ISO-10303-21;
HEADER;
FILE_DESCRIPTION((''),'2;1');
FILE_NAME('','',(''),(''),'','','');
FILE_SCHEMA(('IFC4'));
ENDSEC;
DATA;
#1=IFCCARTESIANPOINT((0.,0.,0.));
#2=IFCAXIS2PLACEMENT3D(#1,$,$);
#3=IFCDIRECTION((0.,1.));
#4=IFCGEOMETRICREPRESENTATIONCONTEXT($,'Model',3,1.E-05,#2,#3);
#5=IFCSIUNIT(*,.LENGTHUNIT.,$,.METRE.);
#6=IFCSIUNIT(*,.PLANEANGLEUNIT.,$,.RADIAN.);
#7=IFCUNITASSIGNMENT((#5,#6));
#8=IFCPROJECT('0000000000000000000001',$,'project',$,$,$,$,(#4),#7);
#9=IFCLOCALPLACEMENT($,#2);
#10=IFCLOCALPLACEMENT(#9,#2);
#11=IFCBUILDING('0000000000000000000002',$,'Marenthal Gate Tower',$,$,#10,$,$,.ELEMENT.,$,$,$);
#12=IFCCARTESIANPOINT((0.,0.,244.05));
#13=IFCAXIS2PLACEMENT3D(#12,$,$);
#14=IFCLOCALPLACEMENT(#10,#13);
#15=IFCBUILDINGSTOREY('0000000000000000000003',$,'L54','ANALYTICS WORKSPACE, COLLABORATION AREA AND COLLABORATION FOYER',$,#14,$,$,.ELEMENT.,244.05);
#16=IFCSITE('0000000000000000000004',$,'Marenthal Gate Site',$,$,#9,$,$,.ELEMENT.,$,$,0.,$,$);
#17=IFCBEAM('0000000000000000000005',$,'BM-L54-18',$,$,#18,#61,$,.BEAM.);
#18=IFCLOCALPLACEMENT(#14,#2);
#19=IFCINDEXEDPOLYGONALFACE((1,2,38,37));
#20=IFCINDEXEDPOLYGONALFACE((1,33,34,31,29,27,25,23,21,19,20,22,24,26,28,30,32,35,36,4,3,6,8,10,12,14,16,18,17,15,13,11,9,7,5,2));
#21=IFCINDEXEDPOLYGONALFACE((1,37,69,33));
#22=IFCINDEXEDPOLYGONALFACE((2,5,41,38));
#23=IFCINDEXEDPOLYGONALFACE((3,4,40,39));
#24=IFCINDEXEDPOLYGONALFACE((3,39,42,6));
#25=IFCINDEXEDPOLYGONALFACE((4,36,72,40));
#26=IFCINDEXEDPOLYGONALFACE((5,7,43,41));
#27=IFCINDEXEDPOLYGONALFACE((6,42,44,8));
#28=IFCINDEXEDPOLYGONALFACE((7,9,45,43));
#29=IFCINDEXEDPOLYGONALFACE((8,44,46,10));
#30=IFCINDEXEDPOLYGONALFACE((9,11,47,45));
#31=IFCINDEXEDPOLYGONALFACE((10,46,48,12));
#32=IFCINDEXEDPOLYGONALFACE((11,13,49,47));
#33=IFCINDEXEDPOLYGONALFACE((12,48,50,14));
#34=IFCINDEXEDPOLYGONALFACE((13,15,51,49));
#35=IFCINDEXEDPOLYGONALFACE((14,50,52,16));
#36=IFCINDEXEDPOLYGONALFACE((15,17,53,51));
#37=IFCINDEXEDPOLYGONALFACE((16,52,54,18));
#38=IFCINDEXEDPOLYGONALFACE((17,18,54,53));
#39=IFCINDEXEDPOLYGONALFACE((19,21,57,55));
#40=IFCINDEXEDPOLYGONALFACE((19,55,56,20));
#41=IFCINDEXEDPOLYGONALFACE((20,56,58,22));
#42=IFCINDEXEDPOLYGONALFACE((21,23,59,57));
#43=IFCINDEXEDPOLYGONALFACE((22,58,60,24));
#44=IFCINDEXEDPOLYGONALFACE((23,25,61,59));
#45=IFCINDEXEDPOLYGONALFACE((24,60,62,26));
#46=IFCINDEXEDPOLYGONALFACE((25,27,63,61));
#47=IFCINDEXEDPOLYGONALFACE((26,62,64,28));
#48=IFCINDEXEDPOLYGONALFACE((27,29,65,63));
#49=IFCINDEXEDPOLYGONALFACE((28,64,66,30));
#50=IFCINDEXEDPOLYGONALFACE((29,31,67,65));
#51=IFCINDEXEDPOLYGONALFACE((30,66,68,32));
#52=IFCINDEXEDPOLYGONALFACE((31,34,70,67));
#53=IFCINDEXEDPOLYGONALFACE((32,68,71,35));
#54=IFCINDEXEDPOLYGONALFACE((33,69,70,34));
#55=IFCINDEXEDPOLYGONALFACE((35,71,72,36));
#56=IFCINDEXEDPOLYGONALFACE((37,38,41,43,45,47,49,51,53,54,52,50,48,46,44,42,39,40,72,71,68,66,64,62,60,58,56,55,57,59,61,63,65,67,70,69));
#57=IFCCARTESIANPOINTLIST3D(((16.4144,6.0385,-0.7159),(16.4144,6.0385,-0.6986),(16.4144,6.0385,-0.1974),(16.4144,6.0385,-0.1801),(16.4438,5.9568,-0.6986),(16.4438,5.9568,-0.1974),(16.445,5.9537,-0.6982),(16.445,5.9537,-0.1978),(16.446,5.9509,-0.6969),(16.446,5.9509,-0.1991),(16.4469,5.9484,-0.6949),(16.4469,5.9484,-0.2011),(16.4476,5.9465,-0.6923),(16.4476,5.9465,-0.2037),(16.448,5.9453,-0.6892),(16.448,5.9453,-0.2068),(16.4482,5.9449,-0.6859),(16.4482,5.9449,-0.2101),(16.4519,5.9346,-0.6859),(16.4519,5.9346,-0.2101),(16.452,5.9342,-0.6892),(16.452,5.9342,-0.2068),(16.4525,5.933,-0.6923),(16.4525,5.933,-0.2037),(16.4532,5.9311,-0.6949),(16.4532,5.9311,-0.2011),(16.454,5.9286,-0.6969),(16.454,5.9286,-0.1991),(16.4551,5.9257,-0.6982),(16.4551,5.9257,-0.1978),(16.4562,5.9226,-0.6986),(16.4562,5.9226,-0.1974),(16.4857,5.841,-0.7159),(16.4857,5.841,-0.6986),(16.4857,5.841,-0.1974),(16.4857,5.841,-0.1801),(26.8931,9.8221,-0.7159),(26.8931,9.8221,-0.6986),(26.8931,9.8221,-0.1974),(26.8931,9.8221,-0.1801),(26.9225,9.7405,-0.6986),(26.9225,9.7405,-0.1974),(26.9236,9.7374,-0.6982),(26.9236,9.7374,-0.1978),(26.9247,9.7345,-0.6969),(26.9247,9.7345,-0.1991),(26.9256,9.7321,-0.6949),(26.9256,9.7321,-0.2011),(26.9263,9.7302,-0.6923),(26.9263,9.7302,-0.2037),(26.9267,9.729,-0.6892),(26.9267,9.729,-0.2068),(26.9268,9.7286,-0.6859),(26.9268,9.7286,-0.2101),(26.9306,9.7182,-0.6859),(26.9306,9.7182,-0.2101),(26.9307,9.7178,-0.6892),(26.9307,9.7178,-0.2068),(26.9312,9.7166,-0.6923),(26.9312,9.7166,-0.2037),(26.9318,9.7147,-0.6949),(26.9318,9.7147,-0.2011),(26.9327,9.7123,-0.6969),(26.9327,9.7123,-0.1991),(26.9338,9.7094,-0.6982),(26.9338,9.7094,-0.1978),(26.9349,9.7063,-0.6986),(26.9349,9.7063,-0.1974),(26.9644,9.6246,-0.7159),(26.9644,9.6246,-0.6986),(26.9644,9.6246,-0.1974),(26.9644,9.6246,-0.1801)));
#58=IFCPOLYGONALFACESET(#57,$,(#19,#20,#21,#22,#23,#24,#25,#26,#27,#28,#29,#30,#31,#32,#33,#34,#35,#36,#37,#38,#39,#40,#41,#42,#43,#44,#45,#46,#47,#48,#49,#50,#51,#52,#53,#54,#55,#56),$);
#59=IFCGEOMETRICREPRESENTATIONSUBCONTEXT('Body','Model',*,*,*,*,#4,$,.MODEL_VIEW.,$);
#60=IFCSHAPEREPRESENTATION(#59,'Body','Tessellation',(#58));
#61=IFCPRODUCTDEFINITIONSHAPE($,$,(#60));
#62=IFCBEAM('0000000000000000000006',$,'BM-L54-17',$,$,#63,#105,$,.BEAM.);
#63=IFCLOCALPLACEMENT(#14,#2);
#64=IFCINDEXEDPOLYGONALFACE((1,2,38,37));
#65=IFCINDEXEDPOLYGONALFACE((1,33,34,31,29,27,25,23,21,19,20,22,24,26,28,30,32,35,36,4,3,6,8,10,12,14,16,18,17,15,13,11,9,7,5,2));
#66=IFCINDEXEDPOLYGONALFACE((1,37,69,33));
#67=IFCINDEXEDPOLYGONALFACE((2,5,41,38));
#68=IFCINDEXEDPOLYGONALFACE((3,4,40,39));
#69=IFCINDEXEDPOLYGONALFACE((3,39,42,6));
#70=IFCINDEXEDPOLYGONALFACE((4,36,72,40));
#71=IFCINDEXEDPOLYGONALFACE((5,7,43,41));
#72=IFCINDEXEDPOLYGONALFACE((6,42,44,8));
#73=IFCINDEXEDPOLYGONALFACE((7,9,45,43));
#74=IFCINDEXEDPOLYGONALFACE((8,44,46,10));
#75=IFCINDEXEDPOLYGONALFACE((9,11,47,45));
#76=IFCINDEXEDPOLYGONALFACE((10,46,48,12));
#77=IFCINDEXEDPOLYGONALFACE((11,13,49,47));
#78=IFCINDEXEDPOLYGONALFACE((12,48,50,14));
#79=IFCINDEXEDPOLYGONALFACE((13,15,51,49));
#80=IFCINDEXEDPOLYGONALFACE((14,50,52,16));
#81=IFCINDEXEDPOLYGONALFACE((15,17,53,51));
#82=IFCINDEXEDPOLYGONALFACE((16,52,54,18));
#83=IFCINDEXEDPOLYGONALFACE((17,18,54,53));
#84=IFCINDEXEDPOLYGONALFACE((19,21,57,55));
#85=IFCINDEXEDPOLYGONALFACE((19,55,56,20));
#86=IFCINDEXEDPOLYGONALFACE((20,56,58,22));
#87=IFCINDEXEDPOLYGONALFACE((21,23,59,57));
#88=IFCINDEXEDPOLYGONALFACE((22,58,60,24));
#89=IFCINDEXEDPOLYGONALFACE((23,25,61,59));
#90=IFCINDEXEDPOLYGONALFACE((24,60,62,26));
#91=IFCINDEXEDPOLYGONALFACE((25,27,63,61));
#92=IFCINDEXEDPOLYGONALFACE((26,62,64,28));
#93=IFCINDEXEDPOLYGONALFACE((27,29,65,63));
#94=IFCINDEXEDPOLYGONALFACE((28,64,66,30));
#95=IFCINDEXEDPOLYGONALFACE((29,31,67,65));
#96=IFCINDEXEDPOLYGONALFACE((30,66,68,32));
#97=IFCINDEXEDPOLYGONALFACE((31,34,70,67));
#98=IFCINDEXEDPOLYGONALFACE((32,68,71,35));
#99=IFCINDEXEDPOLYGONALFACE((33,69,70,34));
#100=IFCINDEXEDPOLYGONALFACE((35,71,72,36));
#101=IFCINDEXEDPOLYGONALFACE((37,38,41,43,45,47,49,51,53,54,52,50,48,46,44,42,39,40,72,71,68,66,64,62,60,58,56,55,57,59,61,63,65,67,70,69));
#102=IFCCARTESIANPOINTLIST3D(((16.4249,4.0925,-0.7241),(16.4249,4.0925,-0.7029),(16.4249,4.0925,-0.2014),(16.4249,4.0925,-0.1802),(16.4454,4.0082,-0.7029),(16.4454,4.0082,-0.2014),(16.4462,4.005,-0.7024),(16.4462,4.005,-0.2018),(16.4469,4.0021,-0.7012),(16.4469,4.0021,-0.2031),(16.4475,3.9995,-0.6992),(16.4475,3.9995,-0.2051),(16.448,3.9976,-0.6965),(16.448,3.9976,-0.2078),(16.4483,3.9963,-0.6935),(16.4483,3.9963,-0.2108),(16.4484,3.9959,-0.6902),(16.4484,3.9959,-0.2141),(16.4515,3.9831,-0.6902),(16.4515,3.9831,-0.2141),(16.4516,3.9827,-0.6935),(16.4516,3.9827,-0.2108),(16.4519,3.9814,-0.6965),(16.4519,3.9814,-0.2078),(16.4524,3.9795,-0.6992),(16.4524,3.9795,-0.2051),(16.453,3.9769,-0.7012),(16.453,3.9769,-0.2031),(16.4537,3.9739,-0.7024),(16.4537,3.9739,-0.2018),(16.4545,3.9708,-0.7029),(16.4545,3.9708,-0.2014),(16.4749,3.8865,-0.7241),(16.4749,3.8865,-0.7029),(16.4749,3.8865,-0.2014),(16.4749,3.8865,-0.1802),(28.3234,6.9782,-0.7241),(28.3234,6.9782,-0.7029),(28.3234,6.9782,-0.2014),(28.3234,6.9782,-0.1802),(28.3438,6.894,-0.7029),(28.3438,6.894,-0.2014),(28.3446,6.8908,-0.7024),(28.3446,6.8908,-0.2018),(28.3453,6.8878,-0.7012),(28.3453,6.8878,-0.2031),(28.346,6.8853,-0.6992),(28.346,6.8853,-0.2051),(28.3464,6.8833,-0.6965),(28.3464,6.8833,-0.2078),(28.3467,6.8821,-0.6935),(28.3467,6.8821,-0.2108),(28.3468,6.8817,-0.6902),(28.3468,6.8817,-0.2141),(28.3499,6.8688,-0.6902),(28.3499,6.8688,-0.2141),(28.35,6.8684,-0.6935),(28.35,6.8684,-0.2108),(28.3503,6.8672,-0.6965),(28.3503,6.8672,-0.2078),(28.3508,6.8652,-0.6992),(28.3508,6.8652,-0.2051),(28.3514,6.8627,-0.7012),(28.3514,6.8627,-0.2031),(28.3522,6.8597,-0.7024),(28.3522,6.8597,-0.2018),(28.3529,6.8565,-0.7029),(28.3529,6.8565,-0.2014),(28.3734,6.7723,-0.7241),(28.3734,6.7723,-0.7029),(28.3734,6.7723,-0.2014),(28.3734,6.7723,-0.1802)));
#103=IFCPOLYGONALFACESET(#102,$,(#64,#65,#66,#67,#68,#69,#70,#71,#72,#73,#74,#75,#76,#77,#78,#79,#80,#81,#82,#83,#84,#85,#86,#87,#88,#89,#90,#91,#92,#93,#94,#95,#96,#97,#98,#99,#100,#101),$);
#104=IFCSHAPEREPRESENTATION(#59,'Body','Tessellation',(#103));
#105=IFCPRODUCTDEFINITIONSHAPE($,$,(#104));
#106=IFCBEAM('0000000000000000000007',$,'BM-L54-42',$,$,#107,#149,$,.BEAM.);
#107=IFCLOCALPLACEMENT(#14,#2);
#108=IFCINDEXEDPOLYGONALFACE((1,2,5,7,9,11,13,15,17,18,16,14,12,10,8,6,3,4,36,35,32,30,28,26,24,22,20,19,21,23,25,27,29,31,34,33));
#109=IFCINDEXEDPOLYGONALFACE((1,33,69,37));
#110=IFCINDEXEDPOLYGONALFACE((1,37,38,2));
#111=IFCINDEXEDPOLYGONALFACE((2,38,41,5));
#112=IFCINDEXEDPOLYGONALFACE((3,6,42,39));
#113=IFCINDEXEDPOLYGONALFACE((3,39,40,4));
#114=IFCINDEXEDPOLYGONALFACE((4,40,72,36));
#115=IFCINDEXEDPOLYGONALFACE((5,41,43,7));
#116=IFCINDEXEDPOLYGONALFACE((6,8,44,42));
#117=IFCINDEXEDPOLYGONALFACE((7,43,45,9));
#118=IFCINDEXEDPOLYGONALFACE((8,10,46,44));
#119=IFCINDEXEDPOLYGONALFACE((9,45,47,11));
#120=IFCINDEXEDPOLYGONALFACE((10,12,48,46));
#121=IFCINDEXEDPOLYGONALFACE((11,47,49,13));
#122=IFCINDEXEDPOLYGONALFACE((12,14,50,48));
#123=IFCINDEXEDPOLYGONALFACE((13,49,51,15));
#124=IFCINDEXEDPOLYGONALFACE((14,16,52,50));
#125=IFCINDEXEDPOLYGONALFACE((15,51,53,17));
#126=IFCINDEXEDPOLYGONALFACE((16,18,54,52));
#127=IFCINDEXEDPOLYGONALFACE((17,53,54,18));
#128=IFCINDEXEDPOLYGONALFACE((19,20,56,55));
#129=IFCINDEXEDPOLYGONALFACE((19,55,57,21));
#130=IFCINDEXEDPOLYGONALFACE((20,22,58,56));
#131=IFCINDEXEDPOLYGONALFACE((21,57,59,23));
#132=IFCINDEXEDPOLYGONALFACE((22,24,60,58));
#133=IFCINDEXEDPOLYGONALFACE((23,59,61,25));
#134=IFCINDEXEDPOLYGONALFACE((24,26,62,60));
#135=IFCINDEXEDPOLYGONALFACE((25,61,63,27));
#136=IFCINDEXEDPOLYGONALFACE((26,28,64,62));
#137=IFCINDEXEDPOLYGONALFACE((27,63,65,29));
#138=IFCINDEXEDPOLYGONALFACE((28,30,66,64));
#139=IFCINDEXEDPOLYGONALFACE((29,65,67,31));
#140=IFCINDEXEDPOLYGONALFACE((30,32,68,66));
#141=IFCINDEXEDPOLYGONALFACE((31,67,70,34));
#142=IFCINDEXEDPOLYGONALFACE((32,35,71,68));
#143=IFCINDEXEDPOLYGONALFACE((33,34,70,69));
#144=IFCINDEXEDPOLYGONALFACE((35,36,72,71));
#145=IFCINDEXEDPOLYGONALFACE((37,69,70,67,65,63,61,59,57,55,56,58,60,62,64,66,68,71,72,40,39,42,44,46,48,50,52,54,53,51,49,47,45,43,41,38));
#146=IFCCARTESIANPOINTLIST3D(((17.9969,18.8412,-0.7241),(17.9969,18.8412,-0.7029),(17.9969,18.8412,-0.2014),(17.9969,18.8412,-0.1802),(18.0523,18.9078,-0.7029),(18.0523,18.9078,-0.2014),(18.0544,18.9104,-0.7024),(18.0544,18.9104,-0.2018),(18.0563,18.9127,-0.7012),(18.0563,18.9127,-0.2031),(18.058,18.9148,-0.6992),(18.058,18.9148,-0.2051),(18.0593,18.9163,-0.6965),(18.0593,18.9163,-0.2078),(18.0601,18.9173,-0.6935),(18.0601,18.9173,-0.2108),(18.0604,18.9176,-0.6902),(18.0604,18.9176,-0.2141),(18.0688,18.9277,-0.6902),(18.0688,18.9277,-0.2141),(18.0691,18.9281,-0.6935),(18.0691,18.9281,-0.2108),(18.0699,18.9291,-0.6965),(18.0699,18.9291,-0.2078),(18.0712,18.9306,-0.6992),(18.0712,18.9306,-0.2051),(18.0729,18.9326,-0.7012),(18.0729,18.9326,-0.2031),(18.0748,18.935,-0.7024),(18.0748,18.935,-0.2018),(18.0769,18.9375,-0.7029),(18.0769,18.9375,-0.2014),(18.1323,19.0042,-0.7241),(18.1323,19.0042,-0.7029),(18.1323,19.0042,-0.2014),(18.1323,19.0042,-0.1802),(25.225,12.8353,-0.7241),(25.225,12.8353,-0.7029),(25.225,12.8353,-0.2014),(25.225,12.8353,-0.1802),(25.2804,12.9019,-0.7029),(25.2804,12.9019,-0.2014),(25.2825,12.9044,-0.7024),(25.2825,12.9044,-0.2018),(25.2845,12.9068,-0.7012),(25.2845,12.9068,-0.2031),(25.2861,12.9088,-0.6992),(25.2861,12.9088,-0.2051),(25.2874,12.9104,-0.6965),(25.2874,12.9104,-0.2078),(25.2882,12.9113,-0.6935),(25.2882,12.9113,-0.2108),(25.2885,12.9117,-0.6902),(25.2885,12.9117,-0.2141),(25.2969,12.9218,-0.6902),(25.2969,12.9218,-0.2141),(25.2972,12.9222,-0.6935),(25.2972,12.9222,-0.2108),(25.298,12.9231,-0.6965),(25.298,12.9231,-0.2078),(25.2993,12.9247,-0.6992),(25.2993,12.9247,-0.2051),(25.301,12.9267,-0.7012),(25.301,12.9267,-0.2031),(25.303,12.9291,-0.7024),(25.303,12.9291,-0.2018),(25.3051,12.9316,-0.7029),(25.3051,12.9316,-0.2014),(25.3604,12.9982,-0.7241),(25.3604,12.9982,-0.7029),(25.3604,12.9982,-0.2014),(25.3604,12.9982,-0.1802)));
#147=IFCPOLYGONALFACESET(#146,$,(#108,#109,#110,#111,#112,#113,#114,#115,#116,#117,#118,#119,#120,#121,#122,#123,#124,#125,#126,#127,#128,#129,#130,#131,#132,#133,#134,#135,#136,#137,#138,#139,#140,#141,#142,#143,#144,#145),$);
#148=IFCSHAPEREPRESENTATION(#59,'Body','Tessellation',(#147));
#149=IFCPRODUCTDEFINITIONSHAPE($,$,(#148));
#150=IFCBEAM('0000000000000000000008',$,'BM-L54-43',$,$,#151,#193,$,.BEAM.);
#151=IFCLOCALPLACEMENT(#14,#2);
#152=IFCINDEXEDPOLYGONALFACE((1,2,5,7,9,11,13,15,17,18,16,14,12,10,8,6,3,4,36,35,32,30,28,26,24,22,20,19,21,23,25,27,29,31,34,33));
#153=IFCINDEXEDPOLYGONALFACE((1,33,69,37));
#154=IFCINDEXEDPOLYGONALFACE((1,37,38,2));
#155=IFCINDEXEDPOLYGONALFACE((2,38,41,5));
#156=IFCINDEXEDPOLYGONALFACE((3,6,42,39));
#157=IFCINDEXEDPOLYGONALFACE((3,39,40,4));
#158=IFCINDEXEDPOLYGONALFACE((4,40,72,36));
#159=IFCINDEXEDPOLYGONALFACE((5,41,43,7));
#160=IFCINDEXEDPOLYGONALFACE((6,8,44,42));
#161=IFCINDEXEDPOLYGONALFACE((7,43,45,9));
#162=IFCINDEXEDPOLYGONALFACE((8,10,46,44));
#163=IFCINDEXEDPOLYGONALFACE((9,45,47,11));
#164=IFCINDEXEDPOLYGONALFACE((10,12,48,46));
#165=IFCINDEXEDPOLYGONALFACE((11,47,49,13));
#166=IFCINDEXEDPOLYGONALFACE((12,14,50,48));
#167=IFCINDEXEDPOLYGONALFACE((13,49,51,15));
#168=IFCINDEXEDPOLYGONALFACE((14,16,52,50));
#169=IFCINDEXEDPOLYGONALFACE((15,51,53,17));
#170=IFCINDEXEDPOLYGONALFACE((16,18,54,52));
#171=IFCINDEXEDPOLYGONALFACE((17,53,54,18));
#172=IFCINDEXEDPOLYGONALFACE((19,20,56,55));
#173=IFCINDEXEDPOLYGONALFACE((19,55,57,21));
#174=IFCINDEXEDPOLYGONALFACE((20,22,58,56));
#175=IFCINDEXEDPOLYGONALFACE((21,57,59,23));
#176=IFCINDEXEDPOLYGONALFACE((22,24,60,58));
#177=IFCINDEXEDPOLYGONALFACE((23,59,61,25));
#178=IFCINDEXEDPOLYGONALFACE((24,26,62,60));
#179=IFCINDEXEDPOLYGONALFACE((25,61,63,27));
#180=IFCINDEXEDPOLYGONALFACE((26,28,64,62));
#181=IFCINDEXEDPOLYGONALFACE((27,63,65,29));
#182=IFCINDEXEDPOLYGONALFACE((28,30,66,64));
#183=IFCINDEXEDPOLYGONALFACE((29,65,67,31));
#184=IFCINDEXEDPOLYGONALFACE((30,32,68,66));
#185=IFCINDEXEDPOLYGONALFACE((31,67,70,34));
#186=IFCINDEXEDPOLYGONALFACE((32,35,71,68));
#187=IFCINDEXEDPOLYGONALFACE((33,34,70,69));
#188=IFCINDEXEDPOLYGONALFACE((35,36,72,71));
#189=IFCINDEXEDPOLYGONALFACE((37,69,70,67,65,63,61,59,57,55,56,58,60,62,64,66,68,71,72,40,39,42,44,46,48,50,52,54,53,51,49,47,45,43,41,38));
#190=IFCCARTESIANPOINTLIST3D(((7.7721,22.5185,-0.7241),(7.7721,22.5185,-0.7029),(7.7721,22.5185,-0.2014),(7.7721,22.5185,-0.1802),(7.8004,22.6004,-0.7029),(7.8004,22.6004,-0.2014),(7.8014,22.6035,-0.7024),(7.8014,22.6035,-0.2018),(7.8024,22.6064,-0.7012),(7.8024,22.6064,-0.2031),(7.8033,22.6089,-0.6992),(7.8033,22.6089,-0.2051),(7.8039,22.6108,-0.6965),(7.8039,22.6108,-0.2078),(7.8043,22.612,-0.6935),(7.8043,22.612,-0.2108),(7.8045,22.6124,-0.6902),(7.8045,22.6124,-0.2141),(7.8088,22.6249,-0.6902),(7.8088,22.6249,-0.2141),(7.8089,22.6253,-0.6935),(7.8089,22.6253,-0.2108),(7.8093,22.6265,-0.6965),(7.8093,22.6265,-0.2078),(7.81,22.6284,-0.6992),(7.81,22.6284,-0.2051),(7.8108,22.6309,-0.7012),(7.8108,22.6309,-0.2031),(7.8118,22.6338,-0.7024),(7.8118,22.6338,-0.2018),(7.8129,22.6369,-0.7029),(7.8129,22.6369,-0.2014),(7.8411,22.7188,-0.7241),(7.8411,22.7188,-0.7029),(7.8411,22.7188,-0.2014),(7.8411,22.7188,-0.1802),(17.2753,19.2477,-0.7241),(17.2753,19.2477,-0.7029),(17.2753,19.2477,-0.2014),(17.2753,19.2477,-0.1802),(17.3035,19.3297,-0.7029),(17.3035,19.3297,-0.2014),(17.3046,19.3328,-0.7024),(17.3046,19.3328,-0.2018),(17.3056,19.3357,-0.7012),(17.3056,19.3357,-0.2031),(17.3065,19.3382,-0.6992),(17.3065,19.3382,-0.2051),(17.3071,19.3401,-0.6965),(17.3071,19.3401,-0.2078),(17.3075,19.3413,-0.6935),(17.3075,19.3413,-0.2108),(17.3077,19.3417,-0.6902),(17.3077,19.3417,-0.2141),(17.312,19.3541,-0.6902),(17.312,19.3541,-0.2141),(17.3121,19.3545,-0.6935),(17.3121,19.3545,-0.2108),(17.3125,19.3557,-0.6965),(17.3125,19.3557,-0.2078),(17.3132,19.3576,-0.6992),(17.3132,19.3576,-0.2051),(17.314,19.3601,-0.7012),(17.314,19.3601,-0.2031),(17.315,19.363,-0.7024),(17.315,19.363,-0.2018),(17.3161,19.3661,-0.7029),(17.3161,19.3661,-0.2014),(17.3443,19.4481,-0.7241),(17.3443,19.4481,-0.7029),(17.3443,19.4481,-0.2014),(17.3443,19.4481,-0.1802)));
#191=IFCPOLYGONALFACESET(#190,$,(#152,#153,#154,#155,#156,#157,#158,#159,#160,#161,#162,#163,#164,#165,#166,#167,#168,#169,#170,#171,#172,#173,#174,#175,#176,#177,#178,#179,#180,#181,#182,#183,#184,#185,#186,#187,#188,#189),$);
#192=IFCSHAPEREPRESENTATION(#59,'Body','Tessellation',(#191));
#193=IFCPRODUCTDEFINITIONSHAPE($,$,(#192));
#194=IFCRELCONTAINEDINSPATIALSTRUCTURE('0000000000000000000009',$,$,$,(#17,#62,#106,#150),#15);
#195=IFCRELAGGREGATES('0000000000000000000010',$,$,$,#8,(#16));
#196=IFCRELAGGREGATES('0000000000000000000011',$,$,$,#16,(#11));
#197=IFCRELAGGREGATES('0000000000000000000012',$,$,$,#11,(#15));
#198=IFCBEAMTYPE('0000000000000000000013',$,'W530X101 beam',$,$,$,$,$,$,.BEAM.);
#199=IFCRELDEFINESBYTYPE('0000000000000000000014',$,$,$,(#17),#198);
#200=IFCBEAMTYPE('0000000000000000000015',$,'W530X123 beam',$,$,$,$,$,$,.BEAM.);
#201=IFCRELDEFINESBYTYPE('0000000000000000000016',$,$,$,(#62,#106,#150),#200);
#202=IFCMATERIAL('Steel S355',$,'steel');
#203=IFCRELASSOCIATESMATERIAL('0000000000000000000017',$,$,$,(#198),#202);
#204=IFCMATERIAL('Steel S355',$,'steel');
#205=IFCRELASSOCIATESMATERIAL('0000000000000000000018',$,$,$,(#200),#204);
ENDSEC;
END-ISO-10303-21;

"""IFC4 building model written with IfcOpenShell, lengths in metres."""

from ifc_helpers import new_model, si_unit, direction, frame, origin, origin_2d, place, context, subcontext, project, spatial, i_section, extrude, material, material_profile, profile_set, type_object, element, save


model = new_model("IFC4")

# Units and contexts
model_context = context("Model", 3, precision=1e-05, world=origin(), true_north=direction((0.0, 1.0)))
body_context = subcontext(model_context, "Body", "Model", "MODEL_VIEW")
ifc_project = project(units=[si_unit("LENGTHUNIT", "METRE"), si_unit("PLANEANGLEUNIT", "RADIAN")], contexts=[model_context])

# Site, building, storey
site_placement = place(None, origin())
site = spatial("IfcSite", under=ifc_project, at=site_placement, Name="Marenthal Gate Site", CompositionType="ELEMENT", RefElevation=0.0)
building_placement = place(site_placement, origin())
building = spatial("IfcBuilding", under=site, at=building_placement, Name="Marenthal Gate Tower", CompositionType="ELEMENT")
storey_placement = place(building_placement, frame((0.0, 0.0, 244.05)))
storey = spatial("IfcBuildingStorey", under=building, at=storey_placement, Name="L54", Description="ANALYTICS WORKSPACE, COLLABORATION AREA AND COLLABORATION FOYER", CompositionType="ELEMENT", Elevation=244.05)

# Beams
ifc_material_1 = material(Name="Steel S355", Category="steel")
ifc_material_profile_1 = material_profile(ifc_material_1, i_section(OverallWidth=0.21, OverallDepth=0.5359, WebThickness=0.011, FlangeThickness=0.0173, FilletRadius=0.0127, at=origin_2d()), Name="W530X101")
ifc_profile_set_1 = profile_set([ifc_material_profile_1], Name="Steel S355")
beam_type_1 = type_object("IfcBeamType", Name="W530X101 beam", PredefinedType="BEAM", material=ifc_profile_set_1)
beam_1_placement = place(storey_placement, frame((26.9287, 9.7234, -0.448), z_axis=(-0.940563, -0.33962, 0.0), x_axis=(0.33962, -0.940563, 0.0)))
element("IfcBeam", 1, at=beam_1_placement, inside=storey, type_object=beam_type_1, Name="BM-L54-18", PredefinedType="BEAM", context=body_context, shape_type="SweptSolid", body=[
    extrude(i_section(OverallWidth=0.21, OverallDepth=0.5359, WebThickness=0.011, FlangeThickness=0.0173, FilletRadius=0.0127, at=origin_2d()), origin(), (0.0, 0.0, 1.0), 11.1409),
])
ifc_material_2 = material(Name="Steel S355", Category="steel")
ifc_material_profile_2 = material_profile(ifc_material_2, i_section(OverallWidth=0.2119, OverallDepth=0.5439, WebThickness=0.0132, FlangeThickness=0.0212, FilletRadius=0.0127, at=origin_2d()), Name="W530X123")
ifc_profile_set_2 = profile_set([ifc_material_profile_2], Name="Steel S355")
beam_type_2 = type_object("IfcBeamType", Name="W530X123 beam", PredefinedType="BEAM", material=ifc_profile_set_2)
beam_2_placement = place(storey_placement, frame((28.3484, 6.8752, -0.4521), z_axis=(-0.971826, -0.235698, 0.0), x_axis=(0.235698, -0.971826, 0.0)))
element("IfcBeam", 2, at=beam_2_placement, inside=storey, type_object=beam_type_2, Name="BM-L54-17", PredefinedType="BEAM", context=body_context, shape_type="SweptSolid", body=[
    extrude(i_section(OverallWidth=0.2119, OverallDepth=0.5439, WebThickness=0.0132, FlangeThickness=0.0212, FilletRadius=0.0127, at=origin_2d()), origin(), (0.0, 0.0, 1.0), 12.2434),
])
beam_3_placement = place(storey_placement, frame((25.2927, 12.9167, -0.4521), z_axis=(-0.769136, 0.639085, 0.0), x_axis=(-0.639085, -0.769136, 0.0)))
element("IfcBeam", 3, at=beam_3_placement, inside=storey, type_object=beam_type_2, Name="BM-L54-42", PredefinedType="BEAM", context=body_context, shape_type="SweptSolid", body=[
    extrude(i_section(OverallWidth=0.2119, OverallDepth=0.5439, WebThickness=0.0132, FlangeThickness=0.0212, FilletRadius=0.0127, at=origin_2d()), origin(), (0.0, 0.0, 1.0), 9.3977),
])
beam_4_placement = place(storey_placement, frame((17.3098, 19.3479, -0.4521), z_axis=(-0.945563, 0.325439, 0.0), x_axis=(-0.325439, -0.945563, 0.0)))
element("IfcBeam", 4, at=beam_4_placement, inside=storey, type_object=beam_type_2, Name="BM-L54-43", PredefinedType="BEAM", context=body_context, shape_type="SweptSolid", body=[
    extrude(i_section(OverallWidth=0.2119, OverallDepth=0.5439, WebThickness=0.0132, FlangeThickness=0.0212, FilletRadius=0.0127, at=origin_2d()), origin(), (0.0, 0.0, 1.0), 10.0503),
])

save(model, "model.ifc")
